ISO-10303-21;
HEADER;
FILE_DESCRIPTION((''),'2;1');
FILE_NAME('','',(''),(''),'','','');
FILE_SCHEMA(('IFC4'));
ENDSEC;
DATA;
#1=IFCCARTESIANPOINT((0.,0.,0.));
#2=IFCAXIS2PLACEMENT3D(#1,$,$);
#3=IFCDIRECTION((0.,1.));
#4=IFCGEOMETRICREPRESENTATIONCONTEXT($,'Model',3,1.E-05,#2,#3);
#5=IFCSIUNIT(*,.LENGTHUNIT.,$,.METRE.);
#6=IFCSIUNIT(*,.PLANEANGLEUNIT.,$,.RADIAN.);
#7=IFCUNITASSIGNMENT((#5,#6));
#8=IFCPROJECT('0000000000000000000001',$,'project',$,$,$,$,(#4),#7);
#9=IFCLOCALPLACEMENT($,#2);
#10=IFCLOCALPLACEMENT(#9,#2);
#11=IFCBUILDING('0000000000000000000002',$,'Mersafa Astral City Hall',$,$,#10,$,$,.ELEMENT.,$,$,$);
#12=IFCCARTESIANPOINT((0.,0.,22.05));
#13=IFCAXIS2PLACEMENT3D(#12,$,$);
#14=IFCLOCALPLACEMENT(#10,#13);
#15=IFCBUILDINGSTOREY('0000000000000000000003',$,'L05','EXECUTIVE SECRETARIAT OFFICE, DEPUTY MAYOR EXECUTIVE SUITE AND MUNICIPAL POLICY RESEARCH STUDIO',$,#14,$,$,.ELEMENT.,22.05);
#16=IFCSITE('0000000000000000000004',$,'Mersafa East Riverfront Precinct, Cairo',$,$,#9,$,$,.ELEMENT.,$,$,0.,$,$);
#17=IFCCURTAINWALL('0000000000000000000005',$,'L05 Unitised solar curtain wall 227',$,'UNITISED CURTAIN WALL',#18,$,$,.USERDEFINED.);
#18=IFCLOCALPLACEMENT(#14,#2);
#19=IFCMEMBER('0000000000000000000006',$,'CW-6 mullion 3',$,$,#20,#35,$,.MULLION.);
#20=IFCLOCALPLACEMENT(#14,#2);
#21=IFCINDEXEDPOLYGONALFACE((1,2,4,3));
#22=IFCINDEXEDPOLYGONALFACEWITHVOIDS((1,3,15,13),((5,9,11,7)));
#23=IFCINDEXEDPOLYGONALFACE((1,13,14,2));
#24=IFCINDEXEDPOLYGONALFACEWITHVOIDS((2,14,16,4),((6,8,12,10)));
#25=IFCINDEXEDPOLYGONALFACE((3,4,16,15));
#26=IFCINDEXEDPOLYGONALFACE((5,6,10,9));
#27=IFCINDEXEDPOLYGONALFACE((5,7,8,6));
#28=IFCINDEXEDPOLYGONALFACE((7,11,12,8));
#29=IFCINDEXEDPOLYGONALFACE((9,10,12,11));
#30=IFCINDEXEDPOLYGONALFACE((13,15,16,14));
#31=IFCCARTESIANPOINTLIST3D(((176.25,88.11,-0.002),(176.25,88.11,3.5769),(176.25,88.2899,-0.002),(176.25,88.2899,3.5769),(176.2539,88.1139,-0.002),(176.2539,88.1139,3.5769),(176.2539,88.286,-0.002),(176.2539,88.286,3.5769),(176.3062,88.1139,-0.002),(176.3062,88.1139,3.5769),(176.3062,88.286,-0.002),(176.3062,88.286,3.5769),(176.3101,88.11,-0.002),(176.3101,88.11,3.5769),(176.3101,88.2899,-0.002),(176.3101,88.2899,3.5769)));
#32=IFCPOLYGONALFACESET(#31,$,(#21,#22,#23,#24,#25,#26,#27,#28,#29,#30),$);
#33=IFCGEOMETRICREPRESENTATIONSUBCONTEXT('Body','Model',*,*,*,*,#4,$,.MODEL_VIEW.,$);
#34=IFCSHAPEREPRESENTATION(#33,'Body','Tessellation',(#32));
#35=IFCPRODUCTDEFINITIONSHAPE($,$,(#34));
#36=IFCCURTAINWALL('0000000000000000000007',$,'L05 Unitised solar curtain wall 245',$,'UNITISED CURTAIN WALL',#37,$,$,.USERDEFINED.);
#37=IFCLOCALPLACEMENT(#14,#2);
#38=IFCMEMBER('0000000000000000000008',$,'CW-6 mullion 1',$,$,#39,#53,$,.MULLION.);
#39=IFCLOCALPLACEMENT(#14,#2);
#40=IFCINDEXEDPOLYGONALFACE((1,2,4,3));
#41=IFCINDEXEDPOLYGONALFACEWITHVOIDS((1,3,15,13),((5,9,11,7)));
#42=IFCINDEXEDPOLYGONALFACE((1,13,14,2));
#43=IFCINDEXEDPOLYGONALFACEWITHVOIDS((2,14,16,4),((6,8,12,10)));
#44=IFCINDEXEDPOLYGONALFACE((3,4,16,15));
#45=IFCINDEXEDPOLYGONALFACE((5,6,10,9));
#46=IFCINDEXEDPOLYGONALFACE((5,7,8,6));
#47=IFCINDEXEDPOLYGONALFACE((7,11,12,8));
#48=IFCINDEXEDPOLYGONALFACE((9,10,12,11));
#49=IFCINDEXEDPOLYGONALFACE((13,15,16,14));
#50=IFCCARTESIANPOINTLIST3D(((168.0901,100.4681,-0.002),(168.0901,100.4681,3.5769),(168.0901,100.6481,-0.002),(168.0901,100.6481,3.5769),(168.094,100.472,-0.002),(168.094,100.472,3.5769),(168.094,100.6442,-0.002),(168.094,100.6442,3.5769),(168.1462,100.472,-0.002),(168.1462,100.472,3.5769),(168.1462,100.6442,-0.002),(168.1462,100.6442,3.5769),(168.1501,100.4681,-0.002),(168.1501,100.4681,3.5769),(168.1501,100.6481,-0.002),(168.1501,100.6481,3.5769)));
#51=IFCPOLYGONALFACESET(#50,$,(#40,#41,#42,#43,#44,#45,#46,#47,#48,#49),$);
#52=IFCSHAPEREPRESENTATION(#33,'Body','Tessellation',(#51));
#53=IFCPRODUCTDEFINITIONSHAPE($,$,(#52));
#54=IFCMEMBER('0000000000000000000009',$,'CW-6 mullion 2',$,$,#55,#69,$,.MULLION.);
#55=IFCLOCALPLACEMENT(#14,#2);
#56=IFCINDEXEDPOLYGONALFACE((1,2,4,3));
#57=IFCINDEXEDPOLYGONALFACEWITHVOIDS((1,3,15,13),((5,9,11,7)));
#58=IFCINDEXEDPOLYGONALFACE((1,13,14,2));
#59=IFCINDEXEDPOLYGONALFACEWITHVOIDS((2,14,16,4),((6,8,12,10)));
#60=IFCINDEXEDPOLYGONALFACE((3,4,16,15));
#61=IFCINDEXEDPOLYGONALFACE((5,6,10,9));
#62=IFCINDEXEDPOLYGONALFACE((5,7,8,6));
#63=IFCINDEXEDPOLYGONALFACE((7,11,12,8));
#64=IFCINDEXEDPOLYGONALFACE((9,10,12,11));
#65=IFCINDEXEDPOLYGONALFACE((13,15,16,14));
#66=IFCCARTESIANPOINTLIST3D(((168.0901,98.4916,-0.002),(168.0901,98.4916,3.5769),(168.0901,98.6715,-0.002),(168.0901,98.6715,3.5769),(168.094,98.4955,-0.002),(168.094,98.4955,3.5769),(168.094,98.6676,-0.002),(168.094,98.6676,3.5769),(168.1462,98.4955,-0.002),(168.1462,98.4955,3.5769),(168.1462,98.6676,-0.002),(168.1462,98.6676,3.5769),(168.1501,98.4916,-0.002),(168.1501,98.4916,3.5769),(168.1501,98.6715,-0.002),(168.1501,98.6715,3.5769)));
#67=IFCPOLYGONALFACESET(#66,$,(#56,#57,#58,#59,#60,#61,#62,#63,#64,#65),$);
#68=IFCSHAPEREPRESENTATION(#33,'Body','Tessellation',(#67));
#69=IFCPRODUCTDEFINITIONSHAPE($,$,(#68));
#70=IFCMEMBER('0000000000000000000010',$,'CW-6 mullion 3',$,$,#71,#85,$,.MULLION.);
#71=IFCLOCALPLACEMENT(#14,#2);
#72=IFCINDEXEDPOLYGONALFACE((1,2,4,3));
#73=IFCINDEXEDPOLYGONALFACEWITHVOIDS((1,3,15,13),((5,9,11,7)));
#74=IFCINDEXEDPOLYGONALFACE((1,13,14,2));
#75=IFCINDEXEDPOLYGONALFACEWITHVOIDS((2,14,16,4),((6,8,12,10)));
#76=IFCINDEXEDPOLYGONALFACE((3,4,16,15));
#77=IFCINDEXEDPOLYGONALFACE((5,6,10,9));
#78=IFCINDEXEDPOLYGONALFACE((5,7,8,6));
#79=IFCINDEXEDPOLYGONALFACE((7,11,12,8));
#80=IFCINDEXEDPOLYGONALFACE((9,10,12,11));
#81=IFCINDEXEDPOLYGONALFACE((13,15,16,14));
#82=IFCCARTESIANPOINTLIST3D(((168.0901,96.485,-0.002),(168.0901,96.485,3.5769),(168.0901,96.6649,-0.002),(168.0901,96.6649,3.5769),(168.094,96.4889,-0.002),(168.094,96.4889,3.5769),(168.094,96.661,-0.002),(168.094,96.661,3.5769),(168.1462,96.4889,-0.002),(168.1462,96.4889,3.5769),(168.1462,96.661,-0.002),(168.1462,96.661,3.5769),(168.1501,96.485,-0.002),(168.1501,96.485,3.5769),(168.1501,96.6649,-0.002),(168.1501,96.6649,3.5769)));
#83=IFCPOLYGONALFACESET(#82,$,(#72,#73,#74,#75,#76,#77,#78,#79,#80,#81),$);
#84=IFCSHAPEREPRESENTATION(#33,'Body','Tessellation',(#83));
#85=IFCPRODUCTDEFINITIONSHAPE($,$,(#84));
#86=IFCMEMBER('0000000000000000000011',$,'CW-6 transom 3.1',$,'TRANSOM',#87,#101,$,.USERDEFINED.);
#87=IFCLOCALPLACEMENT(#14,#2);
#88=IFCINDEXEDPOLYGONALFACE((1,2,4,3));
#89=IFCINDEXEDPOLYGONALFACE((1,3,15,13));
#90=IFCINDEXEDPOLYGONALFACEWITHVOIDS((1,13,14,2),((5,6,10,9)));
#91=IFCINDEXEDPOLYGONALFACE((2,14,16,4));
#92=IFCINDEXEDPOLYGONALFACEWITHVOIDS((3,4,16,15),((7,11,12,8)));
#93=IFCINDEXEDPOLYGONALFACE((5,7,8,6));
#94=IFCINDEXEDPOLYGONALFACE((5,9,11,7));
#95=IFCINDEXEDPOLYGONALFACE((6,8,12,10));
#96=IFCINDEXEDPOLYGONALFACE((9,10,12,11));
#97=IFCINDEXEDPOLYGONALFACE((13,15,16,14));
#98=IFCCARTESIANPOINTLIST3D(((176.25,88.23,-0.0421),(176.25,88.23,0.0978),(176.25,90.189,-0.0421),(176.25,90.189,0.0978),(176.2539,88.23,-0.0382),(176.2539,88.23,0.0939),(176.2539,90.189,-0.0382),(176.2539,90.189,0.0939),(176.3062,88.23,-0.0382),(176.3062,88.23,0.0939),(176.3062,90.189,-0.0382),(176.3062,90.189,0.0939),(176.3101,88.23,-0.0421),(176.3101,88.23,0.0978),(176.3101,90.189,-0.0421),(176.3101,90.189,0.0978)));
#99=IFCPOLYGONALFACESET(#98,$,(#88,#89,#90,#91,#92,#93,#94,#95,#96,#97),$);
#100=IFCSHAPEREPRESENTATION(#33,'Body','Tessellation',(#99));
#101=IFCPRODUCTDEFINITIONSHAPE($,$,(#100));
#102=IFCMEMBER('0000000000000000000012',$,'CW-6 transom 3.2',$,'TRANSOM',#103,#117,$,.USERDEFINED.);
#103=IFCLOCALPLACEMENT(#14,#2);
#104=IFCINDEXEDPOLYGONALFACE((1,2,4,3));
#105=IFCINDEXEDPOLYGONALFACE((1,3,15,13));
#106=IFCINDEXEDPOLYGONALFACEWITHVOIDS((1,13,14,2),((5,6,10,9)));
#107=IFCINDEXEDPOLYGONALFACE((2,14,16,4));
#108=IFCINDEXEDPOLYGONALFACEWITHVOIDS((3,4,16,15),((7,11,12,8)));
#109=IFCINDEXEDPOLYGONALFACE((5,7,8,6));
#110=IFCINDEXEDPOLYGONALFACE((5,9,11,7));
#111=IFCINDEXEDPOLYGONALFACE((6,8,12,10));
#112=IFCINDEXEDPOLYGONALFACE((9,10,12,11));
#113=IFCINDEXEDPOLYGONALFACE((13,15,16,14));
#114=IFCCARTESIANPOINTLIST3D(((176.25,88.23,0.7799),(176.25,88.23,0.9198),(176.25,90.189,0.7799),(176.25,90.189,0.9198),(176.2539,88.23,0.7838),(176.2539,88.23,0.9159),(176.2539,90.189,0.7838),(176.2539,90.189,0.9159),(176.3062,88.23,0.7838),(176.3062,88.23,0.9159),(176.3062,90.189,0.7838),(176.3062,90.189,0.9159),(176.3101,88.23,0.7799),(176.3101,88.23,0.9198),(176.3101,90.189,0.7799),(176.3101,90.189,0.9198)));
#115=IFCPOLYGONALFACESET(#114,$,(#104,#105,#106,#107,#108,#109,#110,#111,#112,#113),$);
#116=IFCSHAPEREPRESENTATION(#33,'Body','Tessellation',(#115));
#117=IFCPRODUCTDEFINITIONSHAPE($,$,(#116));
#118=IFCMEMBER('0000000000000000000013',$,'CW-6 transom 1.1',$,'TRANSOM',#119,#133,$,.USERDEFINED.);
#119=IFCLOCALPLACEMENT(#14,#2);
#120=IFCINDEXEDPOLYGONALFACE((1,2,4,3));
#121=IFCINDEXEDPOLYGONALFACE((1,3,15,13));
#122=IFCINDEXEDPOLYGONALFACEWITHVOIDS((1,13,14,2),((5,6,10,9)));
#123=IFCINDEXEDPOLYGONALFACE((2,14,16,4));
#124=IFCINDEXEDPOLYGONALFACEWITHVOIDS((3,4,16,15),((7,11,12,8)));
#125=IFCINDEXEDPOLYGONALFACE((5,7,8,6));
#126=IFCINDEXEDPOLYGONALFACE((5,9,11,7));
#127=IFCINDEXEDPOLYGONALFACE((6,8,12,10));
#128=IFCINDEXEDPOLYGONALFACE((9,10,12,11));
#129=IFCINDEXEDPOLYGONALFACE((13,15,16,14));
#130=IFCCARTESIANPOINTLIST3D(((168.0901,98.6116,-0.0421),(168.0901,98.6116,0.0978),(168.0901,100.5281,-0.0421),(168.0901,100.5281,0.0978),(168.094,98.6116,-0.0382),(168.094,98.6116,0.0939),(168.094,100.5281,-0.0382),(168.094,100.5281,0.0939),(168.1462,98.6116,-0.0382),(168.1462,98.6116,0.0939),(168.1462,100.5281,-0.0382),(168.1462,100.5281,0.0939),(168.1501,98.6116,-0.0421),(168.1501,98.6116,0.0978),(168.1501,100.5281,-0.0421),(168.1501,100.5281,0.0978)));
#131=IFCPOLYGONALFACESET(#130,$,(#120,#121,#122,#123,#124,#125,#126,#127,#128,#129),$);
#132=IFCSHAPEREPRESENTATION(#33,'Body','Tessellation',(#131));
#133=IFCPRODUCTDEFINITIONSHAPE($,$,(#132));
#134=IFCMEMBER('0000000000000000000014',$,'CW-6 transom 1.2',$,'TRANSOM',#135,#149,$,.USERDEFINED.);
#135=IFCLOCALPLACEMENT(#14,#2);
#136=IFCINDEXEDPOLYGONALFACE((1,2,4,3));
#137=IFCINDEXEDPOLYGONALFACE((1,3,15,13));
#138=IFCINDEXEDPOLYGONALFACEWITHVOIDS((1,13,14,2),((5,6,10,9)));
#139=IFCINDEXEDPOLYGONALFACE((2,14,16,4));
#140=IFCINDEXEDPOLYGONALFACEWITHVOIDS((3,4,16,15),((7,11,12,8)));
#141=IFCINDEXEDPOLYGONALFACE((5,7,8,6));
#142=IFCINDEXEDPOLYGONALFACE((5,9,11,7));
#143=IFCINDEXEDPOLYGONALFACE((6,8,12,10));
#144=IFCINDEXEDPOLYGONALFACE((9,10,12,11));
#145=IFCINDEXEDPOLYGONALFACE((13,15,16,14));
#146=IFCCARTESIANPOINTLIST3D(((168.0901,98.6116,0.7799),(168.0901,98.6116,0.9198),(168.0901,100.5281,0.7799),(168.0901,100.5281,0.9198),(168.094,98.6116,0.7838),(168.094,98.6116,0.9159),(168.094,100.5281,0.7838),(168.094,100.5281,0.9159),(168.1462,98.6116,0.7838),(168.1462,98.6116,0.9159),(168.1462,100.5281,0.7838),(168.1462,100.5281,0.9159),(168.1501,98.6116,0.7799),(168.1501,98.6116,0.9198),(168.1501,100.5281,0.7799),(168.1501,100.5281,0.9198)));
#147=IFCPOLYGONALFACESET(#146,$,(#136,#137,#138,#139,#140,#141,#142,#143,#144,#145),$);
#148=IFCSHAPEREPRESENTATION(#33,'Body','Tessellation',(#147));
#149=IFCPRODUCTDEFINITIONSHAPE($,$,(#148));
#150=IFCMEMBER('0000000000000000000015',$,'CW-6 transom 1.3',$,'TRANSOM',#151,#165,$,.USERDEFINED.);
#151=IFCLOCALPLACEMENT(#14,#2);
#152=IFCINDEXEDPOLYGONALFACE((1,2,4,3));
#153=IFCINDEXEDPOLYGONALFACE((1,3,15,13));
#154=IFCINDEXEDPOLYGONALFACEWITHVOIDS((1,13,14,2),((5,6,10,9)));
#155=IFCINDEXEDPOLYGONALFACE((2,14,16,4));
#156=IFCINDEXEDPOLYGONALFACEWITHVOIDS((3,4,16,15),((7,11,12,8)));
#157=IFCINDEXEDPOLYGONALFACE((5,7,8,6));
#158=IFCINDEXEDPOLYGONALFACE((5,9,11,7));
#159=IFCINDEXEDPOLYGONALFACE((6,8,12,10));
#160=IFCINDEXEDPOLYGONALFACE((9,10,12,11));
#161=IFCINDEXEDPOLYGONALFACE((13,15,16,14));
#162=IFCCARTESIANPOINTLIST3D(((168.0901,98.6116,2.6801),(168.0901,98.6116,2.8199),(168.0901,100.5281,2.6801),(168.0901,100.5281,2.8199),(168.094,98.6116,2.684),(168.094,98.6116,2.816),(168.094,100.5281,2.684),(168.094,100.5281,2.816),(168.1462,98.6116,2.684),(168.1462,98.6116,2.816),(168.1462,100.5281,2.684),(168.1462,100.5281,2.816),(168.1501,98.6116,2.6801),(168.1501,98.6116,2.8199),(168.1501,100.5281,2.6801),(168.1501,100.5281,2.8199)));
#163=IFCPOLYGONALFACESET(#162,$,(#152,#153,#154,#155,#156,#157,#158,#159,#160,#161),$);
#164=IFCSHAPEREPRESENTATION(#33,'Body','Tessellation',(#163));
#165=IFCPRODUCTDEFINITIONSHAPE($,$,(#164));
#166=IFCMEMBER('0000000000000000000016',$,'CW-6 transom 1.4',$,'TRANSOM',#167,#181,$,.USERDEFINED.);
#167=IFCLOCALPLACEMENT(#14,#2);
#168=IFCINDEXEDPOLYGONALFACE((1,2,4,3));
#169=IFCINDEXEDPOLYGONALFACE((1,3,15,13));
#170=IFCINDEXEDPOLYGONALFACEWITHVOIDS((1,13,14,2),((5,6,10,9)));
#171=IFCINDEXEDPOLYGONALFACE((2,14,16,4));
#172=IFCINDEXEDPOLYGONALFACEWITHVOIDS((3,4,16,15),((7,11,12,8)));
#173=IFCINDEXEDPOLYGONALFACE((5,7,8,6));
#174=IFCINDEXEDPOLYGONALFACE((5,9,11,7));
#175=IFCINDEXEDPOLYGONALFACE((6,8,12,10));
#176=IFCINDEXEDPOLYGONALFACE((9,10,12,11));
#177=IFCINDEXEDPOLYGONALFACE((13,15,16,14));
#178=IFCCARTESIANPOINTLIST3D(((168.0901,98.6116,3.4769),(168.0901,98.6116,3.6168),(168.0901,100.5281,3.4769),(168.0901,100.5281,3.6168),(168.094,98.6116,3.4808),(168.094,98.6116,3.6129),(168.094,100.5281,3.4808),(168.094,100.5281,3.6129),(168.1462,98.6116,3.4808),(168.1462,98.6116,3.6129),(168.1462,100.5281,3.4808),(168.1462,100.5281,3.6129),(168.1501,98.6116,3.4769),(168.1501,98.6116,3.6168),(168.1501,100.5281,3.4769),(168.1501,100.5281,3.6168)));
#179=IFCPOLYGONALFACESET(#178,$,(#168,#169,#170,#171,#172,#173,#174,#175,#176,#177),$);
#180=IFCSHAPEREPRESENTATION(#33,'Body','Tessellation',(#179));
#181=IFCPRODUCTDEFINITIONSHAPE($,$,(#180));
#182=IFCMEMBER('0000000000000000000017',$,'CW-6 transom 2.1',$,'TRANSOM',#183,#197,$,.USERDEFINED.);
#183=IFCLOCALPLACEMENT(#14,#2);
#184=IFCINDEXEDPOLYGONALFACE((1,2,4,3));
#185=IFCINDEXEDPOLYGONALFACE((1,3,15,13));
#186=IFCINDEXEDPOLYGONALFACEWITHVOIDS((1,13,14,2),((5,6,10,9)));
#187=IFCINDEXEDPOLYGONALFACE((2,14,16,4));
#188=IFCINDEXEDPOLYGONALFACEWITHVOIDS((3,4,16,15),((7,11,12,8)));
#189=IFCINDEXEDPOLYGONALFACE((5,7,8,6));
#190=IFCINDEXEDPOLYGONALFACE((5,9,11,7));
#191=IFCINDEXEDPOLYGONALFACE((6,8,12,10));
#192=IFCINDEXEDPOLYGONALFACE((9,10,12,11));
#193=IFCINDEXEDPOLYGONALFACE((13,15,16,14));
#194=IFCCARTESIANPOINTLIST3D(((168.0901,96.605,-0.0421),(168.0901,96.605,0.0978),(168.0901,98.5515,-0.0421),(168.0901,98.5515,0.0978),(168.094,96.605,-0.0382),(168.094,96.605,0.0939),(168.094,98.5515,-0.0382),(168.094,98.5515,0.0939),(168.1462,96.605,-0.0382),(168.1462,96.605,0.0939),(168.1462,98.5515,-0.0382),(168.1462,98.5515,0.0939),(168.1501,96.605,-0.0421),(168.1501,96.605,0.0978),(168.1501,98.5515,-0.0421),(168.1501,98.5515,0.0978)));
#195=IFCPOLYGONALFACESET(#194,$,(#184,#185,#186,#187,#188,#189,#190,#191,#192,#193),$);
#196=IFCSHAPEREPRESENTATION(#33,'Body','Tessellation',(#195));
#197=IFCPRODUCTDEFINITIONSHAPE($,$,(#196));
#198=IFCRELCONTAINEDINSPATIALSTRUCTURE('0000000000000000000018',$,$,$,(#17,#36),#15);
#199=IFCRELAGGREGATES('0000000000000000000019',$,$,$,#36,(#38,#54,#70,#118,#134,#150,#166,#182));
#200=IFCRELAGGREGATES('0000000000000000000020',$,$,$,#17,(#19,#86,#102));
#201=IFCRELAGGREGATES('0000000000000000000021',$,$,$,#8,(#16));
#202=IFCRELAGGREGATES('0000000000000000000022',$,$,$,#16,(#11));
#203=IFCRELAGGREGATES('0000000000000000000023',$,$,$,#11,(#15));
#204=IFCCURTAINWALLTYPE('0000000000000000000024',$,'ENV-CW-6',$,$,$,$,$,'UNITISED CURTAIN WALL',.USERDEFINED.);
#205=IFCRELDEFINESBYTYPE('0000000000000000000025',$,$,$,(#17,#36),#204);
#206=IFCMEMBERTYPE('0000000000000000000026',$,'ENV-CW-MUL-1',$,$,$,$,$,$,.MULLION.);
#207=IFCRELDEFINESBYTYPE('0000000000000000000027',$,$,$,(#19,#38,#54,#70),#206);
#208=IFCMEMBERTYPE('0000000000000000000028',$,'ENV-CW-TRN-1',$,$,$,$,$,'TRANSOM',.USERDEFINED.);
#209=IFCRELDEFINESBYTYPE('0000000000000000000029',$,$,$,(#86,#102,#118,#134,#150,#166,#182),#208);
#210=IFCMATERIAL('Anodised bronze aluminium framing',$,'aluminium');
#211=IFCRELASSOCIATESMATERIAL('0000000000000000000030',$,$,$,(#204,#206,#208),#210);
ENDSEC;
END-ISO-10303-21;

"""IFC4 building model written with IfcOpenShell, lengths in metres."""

from ifc_helpers import new_model, si_unit, direction, frame, origin, origin_2d, place, context, subcontext, project, spatial, hollow_rectangle, extrude, material, material_profile, profile_set, type_object, element, aggregate, save


model = new_model("IFC4")

# Units and contexts
model_context = context("Model", 3, precision=1e-05, world=origin(), true_north=direction((0.0, 1.0)))
body_context = subcontext(model_context, "Body", "Model", "MODEL_VIEW")
ifc_project = project(units=[si_unit("LENGTHUNIT", "METRE"), si_unit("PLANEANGLEUNIT", "RADIAN")], contexts=[model_context])

# Site, building, storey
site_placement = place(None, origin())
site = spatial("IfcSite", under=ifc_project, at=site_placement, Name="Mersafa East Riverfront Precinct, Cairo", CompositionType="ELEMENT", RefElevation=0.0)
building_placement = place(site_placement, origin())
building = spatial("IfcBuilding", under=site, at=building_placement, Name="Mersafa Astral City Hall", CompositionType="ELEMENT")
storey_placement = place(building_placement, frame((0.0, 0.0, 22.05)))
storey = spatial("IfcBuildingStorey", under=building, at=storey_placement, Name="L05", Description="EXECUTIVE SECRETARIAT OFFICE, DEPUTY MAYOR EXECUTIVE SUITE AND MUNICIPAL POLICY RESEARCH STUDIO", CompositionType="ELEMENT", Elevation=22.05)

# Curtain wall, member
ifc_material_1 = material(Name="Anodised bronze aluminium framing", Category="aluminium")
curtain_wall_type = type_object("IfcCurtainWallType", Name="ENV-CW-6", ElementType="UNITISED CURTAIN WALL", PredefinedType="USERDEFINED", material=ifc_material_1)
curtain_wall_1_placement = place(storey_placement, origin())
curtain_wall_1 = element("IfcCurtainWall", 1, at=curtain_wall_1_placement, inside=storey, type_object=curtain_wall_type, Name="L05 Unitised solar curtain wall 227", ObjectType="UNITISED CURTAIN WALL", PredefinedType="USERDEFINED")
ifc_material_profile_1 = material_profile(ifc_material_1, hollow_rectangle(XDim=0.0601, YDim=0.1799, WallThickness=0.0039, at=origin_2d()), Name="RHS 60x180x4")
ifc_profile_set_1 = profile_set([ifc_material_profile_1], Name="Anodised bronze aluminium framing")
member_type_1 = type_object("IfcMemberType", Name="ENV-CW-MUL-1", PredefinedType="MULLION", material=ifc_profile_set_1)
member_1_placement = place(storey_placement, frame((176.28, 88.2, -0.002), z_axis=(0.0, 0.0, 1.0), x_axis=(-1.0, 0.0, 0.0)))
member_1 = element("IfcMember", 2, at=member_1_placement, type_object=member_type_1, Name="CW-6 mullion 3", PredefinedType="MULLION", context=body_context, shape_type="SweptSolid", body=[
    extrude(hollow_rectangle(XDim=0.0601, YDim=0.1799, WallThickness=0.0039, at=origin_2d()), origin(), (0.0, 0.0, 1.0), 3.5789),
])

# Curtain wall, members
curtain_wall_2_placement = place(storey_placement, origin())
curtain_wall_2 = element("IfcCurtainWall", 3, at=curtain_wall_2_placement, inside=storey, type_object=curtain_wall_type, Name="L05 Unitised solar curtain wall 245", ObjectType="UNITISED CURTAIN WALL", PredefinedType="USERDEFINED")
member_2_placement = place(storey_placement, frame((168.1201, 100.5581, -0.002), z_axis=(0.0, 0.0, 1.0), x_axis=(1.0, 0.0, 0.0)))
member_2 = element("IfcMember", 4, at=member_2_placement, type_object=member_type_1, Name="CW-6 mullion 1", PredefinedType="MULLION", context=body_context, shape_type="SweptSolid", body=[
    extrude(hollow_rectangle(XDim=0.0601, YDim=0.1799, WallThickness=0.0039, at=origin_2d()), origin(), (0.0, 0.0, 1.0), 3.5789),
])
member_3_placement = place(storey_placement, frame((168.1201, 98.5815, -0.002), z_axis=(0.0, 0.0, 1.0), x_axis=(1.0, 0.0, 0.0)))
member_3 = element("IfcMember", 5, at=member_3_placement, type_object=member_type_1, Name="CW-6 mullion 2", PredefinedType="MULLION", context=body_context, shape_type="SweptSolid", body=[
    extrude(hollow_rectangle(XDim=0.0601, YDim=0.1799, WallThickness=0.0039, at=origin_2d()), origin(), (0.0, 0.0, 1.0), 3.5789),
])
member_4_placement = place(storey_placement, frame((168.1201, 96.575, -0.002), z_axis=(0.0, 0.0, 1.0), x_axis=(1.0, 0.0, 0.0)))
member_4 = element("IfcMember", 6, at=member_4_placement, type_object=member_type_1, Name="CW-6 mullion 3", PredefinedType="MULLION", context=body_context, shape_type="SweptSolid", body=[
    extrude(hollow_rectangle(XDim=0.0601, YDim=0.1799, WallThickness=0.0039, at=origin_2d()), origin(), (0.0, 0.0, 1.0), 3.5789),
])

# Members
ifc_material_profile_2 = material_profile(ifc_material_1, hollow_rectangle(XDim=0.0601, YDim=0.1399, WallThickness=0.0039, at=origin_2d()), Name="RHS 60x140x4")
ifc_profile_set_2 = profile_set([ifc_material_profile_2], Name="Anodised bronze aluminium framing")
member_type_2 = type_object("IfcMemberType", Name="ENV-CW-TRN-1", ElementType="TRANSOM", PredefinedType="USERDEFINED", material=ifc_profile_set_2)
member_5_placement = place(storey_placement, frame((176.28, 88.23, 0.0278), z_axis=(0.0, 1.0, 0.0), x_axis=(-1.0, 0.0, 0.0)))
member_5 = element("IfcMember", 7, at=member_5_placement, type_object=member_type_2, Name="CW-6 transom 3.1", ObjectType="TRANSOM", PredefinedType="USERDEFINED", context=body_context, shape_type="SweptSolid", body=[
    extrude(hollow_rectangle(XDim=0.0601, YDim=0.1399, WallThickness=0.0039, at=origin_2d()), origin(), (0.0, 0.0, 1.0), 1.959),
])
member_6_placement = place(storey_placement, frame((176.28, 88.23, 0.8499), z_axis=(0.0, 1.0, 0.0), x_axis=(-1.0, 0.0, 0.0)))
member_6 = element("IfcMember", 8, at=member_6_placement, type_object=member_type_2, Name="CW-6 transom 3.2", ObjectType="TRANSOM", PredefinedType="USERDEFINED", context=body_context, shape_type="SweptSolid", body=[
    extrude(hollow_rectangle(XDim=0.0601, YDim=0.1399, WallThickness=0.0039, at=origin_2d()), origin(), (0.0, 0.0, 1.0), 1.959),
])
member_7_placement = place(storey_placement, frame((168.1201, 100.5281, 0.0278), z_axis=(0.0, -1.0, 0.0), x_axis=(1.0, 0.0, 0.0)))
member_7 = element("IfcMember", 9, at=member_7_placement, type_object=member_type_2, Name="CW-6 transom 1.1", ObjectType="TRANSOM", PredefinedType="USERDEFINED", context=body_context, shape_type="SweptSolid", body=[
    extrude(hollow_rectangle(XDim=0.0601, YDim=0.1399, WallThickness=0.0039, at=origin_2d()), origin(), (0.0, 0.0, 1.0), 1.9165),
])
member_8_placement = place(storey_placement, frame((168.1201, 100.5281, 0.8499), z_axis=(0.0, -1.0, 0.0), x_axis=(1.0, 0.0, 0.0)))
member_8 = element("IfcMember", 10, at=member_8_placement, type_object=member_type_2, Name="CW-6 transom 1.2", ObjectType="TRANSOM", PredefinedType="USERDEFINED", context=body_context, shape_type="SweptSolid", body=[
    extrude(hollow_rectangle(XDim=0.0601, YDim=0.1399, WallThickness=0.0039, at=origin_2d()), origin(), (0.0, 0.0, 1.0), 1.9165),
])
member_9_placement = place(storey_placement, frame((168.1201, 100.5281, 2.75), z_axis=(0.0, -1.0, 0.0), x_axis=(1.0, 0.0, 0.0)))
member_9 = element("IfcMember", 11, at=member_9_placement, type_object=member_type_2, Name="CW-6 transom 1.3", ObjectType="TRANSOM", PredefinedType="USERDEFINED", context=body_context, shape_type="SweptSolid", body=[
    extrude(hollow_rectangle(XDim=0.0601, YDim=0.1399, WallThickness=0.0039, at=origin_2d()), origin(), (0.0, 0.0, 1.0), 1.9165),
])
member_10_placement = place(storey_placement, frame((168.1201, 100.5281, 3.5469), z_axis=(0.0, -1.0, 0.0), x_axis=(1.0, 0.0, 0.0)))
member_10 = element("IfcMember", 12, at=member_10_placement, type_object=member_type_2, Name="CW-6 transom 1.4", ObjectType="TRANSOM", PredefinedType="USERDEFINED", context=body_context, shape_type="SweptSolid", body=[
    extrude(hollow_rectangle(XDim=0.0601, YDim=0.1399, WallThickness=0.0039, at=origin_2d()), origin(), (0.0, 0.0, 1.0), 1.9165),
])
member_11_placement = place(storey_placement, frame((168.1201, 98.5515, 0.0278), z_axis=(0.0, -1.0, 0.0), x_axis=(1.0, 0.0, 0.0)))
member_11 = element("IfcMember", 13, at=member_11_placement, type_object=member_type_2, Name="CW-6 transom 2.1", ObjectType="TRANSOM", PredefinedType="USERDEFINED", context=body_context, shape_type="SweptSolid", body=[
    extrude(hollow_rectangle(XDim=0.0601, YDim=0.1399, WallThickness=0.0039, at=origin_2d()), origin(), (0.0, 0.0, 1.0), 1.9465),
])

aggregate(curtain_wall_2, [member_2, member_3, member_4, member_7, member_8, member_9, member_10, member_11])
aggregate(curtain_wall_1, [member_1, member_5, member_6])

save(model, "model.ifc")
